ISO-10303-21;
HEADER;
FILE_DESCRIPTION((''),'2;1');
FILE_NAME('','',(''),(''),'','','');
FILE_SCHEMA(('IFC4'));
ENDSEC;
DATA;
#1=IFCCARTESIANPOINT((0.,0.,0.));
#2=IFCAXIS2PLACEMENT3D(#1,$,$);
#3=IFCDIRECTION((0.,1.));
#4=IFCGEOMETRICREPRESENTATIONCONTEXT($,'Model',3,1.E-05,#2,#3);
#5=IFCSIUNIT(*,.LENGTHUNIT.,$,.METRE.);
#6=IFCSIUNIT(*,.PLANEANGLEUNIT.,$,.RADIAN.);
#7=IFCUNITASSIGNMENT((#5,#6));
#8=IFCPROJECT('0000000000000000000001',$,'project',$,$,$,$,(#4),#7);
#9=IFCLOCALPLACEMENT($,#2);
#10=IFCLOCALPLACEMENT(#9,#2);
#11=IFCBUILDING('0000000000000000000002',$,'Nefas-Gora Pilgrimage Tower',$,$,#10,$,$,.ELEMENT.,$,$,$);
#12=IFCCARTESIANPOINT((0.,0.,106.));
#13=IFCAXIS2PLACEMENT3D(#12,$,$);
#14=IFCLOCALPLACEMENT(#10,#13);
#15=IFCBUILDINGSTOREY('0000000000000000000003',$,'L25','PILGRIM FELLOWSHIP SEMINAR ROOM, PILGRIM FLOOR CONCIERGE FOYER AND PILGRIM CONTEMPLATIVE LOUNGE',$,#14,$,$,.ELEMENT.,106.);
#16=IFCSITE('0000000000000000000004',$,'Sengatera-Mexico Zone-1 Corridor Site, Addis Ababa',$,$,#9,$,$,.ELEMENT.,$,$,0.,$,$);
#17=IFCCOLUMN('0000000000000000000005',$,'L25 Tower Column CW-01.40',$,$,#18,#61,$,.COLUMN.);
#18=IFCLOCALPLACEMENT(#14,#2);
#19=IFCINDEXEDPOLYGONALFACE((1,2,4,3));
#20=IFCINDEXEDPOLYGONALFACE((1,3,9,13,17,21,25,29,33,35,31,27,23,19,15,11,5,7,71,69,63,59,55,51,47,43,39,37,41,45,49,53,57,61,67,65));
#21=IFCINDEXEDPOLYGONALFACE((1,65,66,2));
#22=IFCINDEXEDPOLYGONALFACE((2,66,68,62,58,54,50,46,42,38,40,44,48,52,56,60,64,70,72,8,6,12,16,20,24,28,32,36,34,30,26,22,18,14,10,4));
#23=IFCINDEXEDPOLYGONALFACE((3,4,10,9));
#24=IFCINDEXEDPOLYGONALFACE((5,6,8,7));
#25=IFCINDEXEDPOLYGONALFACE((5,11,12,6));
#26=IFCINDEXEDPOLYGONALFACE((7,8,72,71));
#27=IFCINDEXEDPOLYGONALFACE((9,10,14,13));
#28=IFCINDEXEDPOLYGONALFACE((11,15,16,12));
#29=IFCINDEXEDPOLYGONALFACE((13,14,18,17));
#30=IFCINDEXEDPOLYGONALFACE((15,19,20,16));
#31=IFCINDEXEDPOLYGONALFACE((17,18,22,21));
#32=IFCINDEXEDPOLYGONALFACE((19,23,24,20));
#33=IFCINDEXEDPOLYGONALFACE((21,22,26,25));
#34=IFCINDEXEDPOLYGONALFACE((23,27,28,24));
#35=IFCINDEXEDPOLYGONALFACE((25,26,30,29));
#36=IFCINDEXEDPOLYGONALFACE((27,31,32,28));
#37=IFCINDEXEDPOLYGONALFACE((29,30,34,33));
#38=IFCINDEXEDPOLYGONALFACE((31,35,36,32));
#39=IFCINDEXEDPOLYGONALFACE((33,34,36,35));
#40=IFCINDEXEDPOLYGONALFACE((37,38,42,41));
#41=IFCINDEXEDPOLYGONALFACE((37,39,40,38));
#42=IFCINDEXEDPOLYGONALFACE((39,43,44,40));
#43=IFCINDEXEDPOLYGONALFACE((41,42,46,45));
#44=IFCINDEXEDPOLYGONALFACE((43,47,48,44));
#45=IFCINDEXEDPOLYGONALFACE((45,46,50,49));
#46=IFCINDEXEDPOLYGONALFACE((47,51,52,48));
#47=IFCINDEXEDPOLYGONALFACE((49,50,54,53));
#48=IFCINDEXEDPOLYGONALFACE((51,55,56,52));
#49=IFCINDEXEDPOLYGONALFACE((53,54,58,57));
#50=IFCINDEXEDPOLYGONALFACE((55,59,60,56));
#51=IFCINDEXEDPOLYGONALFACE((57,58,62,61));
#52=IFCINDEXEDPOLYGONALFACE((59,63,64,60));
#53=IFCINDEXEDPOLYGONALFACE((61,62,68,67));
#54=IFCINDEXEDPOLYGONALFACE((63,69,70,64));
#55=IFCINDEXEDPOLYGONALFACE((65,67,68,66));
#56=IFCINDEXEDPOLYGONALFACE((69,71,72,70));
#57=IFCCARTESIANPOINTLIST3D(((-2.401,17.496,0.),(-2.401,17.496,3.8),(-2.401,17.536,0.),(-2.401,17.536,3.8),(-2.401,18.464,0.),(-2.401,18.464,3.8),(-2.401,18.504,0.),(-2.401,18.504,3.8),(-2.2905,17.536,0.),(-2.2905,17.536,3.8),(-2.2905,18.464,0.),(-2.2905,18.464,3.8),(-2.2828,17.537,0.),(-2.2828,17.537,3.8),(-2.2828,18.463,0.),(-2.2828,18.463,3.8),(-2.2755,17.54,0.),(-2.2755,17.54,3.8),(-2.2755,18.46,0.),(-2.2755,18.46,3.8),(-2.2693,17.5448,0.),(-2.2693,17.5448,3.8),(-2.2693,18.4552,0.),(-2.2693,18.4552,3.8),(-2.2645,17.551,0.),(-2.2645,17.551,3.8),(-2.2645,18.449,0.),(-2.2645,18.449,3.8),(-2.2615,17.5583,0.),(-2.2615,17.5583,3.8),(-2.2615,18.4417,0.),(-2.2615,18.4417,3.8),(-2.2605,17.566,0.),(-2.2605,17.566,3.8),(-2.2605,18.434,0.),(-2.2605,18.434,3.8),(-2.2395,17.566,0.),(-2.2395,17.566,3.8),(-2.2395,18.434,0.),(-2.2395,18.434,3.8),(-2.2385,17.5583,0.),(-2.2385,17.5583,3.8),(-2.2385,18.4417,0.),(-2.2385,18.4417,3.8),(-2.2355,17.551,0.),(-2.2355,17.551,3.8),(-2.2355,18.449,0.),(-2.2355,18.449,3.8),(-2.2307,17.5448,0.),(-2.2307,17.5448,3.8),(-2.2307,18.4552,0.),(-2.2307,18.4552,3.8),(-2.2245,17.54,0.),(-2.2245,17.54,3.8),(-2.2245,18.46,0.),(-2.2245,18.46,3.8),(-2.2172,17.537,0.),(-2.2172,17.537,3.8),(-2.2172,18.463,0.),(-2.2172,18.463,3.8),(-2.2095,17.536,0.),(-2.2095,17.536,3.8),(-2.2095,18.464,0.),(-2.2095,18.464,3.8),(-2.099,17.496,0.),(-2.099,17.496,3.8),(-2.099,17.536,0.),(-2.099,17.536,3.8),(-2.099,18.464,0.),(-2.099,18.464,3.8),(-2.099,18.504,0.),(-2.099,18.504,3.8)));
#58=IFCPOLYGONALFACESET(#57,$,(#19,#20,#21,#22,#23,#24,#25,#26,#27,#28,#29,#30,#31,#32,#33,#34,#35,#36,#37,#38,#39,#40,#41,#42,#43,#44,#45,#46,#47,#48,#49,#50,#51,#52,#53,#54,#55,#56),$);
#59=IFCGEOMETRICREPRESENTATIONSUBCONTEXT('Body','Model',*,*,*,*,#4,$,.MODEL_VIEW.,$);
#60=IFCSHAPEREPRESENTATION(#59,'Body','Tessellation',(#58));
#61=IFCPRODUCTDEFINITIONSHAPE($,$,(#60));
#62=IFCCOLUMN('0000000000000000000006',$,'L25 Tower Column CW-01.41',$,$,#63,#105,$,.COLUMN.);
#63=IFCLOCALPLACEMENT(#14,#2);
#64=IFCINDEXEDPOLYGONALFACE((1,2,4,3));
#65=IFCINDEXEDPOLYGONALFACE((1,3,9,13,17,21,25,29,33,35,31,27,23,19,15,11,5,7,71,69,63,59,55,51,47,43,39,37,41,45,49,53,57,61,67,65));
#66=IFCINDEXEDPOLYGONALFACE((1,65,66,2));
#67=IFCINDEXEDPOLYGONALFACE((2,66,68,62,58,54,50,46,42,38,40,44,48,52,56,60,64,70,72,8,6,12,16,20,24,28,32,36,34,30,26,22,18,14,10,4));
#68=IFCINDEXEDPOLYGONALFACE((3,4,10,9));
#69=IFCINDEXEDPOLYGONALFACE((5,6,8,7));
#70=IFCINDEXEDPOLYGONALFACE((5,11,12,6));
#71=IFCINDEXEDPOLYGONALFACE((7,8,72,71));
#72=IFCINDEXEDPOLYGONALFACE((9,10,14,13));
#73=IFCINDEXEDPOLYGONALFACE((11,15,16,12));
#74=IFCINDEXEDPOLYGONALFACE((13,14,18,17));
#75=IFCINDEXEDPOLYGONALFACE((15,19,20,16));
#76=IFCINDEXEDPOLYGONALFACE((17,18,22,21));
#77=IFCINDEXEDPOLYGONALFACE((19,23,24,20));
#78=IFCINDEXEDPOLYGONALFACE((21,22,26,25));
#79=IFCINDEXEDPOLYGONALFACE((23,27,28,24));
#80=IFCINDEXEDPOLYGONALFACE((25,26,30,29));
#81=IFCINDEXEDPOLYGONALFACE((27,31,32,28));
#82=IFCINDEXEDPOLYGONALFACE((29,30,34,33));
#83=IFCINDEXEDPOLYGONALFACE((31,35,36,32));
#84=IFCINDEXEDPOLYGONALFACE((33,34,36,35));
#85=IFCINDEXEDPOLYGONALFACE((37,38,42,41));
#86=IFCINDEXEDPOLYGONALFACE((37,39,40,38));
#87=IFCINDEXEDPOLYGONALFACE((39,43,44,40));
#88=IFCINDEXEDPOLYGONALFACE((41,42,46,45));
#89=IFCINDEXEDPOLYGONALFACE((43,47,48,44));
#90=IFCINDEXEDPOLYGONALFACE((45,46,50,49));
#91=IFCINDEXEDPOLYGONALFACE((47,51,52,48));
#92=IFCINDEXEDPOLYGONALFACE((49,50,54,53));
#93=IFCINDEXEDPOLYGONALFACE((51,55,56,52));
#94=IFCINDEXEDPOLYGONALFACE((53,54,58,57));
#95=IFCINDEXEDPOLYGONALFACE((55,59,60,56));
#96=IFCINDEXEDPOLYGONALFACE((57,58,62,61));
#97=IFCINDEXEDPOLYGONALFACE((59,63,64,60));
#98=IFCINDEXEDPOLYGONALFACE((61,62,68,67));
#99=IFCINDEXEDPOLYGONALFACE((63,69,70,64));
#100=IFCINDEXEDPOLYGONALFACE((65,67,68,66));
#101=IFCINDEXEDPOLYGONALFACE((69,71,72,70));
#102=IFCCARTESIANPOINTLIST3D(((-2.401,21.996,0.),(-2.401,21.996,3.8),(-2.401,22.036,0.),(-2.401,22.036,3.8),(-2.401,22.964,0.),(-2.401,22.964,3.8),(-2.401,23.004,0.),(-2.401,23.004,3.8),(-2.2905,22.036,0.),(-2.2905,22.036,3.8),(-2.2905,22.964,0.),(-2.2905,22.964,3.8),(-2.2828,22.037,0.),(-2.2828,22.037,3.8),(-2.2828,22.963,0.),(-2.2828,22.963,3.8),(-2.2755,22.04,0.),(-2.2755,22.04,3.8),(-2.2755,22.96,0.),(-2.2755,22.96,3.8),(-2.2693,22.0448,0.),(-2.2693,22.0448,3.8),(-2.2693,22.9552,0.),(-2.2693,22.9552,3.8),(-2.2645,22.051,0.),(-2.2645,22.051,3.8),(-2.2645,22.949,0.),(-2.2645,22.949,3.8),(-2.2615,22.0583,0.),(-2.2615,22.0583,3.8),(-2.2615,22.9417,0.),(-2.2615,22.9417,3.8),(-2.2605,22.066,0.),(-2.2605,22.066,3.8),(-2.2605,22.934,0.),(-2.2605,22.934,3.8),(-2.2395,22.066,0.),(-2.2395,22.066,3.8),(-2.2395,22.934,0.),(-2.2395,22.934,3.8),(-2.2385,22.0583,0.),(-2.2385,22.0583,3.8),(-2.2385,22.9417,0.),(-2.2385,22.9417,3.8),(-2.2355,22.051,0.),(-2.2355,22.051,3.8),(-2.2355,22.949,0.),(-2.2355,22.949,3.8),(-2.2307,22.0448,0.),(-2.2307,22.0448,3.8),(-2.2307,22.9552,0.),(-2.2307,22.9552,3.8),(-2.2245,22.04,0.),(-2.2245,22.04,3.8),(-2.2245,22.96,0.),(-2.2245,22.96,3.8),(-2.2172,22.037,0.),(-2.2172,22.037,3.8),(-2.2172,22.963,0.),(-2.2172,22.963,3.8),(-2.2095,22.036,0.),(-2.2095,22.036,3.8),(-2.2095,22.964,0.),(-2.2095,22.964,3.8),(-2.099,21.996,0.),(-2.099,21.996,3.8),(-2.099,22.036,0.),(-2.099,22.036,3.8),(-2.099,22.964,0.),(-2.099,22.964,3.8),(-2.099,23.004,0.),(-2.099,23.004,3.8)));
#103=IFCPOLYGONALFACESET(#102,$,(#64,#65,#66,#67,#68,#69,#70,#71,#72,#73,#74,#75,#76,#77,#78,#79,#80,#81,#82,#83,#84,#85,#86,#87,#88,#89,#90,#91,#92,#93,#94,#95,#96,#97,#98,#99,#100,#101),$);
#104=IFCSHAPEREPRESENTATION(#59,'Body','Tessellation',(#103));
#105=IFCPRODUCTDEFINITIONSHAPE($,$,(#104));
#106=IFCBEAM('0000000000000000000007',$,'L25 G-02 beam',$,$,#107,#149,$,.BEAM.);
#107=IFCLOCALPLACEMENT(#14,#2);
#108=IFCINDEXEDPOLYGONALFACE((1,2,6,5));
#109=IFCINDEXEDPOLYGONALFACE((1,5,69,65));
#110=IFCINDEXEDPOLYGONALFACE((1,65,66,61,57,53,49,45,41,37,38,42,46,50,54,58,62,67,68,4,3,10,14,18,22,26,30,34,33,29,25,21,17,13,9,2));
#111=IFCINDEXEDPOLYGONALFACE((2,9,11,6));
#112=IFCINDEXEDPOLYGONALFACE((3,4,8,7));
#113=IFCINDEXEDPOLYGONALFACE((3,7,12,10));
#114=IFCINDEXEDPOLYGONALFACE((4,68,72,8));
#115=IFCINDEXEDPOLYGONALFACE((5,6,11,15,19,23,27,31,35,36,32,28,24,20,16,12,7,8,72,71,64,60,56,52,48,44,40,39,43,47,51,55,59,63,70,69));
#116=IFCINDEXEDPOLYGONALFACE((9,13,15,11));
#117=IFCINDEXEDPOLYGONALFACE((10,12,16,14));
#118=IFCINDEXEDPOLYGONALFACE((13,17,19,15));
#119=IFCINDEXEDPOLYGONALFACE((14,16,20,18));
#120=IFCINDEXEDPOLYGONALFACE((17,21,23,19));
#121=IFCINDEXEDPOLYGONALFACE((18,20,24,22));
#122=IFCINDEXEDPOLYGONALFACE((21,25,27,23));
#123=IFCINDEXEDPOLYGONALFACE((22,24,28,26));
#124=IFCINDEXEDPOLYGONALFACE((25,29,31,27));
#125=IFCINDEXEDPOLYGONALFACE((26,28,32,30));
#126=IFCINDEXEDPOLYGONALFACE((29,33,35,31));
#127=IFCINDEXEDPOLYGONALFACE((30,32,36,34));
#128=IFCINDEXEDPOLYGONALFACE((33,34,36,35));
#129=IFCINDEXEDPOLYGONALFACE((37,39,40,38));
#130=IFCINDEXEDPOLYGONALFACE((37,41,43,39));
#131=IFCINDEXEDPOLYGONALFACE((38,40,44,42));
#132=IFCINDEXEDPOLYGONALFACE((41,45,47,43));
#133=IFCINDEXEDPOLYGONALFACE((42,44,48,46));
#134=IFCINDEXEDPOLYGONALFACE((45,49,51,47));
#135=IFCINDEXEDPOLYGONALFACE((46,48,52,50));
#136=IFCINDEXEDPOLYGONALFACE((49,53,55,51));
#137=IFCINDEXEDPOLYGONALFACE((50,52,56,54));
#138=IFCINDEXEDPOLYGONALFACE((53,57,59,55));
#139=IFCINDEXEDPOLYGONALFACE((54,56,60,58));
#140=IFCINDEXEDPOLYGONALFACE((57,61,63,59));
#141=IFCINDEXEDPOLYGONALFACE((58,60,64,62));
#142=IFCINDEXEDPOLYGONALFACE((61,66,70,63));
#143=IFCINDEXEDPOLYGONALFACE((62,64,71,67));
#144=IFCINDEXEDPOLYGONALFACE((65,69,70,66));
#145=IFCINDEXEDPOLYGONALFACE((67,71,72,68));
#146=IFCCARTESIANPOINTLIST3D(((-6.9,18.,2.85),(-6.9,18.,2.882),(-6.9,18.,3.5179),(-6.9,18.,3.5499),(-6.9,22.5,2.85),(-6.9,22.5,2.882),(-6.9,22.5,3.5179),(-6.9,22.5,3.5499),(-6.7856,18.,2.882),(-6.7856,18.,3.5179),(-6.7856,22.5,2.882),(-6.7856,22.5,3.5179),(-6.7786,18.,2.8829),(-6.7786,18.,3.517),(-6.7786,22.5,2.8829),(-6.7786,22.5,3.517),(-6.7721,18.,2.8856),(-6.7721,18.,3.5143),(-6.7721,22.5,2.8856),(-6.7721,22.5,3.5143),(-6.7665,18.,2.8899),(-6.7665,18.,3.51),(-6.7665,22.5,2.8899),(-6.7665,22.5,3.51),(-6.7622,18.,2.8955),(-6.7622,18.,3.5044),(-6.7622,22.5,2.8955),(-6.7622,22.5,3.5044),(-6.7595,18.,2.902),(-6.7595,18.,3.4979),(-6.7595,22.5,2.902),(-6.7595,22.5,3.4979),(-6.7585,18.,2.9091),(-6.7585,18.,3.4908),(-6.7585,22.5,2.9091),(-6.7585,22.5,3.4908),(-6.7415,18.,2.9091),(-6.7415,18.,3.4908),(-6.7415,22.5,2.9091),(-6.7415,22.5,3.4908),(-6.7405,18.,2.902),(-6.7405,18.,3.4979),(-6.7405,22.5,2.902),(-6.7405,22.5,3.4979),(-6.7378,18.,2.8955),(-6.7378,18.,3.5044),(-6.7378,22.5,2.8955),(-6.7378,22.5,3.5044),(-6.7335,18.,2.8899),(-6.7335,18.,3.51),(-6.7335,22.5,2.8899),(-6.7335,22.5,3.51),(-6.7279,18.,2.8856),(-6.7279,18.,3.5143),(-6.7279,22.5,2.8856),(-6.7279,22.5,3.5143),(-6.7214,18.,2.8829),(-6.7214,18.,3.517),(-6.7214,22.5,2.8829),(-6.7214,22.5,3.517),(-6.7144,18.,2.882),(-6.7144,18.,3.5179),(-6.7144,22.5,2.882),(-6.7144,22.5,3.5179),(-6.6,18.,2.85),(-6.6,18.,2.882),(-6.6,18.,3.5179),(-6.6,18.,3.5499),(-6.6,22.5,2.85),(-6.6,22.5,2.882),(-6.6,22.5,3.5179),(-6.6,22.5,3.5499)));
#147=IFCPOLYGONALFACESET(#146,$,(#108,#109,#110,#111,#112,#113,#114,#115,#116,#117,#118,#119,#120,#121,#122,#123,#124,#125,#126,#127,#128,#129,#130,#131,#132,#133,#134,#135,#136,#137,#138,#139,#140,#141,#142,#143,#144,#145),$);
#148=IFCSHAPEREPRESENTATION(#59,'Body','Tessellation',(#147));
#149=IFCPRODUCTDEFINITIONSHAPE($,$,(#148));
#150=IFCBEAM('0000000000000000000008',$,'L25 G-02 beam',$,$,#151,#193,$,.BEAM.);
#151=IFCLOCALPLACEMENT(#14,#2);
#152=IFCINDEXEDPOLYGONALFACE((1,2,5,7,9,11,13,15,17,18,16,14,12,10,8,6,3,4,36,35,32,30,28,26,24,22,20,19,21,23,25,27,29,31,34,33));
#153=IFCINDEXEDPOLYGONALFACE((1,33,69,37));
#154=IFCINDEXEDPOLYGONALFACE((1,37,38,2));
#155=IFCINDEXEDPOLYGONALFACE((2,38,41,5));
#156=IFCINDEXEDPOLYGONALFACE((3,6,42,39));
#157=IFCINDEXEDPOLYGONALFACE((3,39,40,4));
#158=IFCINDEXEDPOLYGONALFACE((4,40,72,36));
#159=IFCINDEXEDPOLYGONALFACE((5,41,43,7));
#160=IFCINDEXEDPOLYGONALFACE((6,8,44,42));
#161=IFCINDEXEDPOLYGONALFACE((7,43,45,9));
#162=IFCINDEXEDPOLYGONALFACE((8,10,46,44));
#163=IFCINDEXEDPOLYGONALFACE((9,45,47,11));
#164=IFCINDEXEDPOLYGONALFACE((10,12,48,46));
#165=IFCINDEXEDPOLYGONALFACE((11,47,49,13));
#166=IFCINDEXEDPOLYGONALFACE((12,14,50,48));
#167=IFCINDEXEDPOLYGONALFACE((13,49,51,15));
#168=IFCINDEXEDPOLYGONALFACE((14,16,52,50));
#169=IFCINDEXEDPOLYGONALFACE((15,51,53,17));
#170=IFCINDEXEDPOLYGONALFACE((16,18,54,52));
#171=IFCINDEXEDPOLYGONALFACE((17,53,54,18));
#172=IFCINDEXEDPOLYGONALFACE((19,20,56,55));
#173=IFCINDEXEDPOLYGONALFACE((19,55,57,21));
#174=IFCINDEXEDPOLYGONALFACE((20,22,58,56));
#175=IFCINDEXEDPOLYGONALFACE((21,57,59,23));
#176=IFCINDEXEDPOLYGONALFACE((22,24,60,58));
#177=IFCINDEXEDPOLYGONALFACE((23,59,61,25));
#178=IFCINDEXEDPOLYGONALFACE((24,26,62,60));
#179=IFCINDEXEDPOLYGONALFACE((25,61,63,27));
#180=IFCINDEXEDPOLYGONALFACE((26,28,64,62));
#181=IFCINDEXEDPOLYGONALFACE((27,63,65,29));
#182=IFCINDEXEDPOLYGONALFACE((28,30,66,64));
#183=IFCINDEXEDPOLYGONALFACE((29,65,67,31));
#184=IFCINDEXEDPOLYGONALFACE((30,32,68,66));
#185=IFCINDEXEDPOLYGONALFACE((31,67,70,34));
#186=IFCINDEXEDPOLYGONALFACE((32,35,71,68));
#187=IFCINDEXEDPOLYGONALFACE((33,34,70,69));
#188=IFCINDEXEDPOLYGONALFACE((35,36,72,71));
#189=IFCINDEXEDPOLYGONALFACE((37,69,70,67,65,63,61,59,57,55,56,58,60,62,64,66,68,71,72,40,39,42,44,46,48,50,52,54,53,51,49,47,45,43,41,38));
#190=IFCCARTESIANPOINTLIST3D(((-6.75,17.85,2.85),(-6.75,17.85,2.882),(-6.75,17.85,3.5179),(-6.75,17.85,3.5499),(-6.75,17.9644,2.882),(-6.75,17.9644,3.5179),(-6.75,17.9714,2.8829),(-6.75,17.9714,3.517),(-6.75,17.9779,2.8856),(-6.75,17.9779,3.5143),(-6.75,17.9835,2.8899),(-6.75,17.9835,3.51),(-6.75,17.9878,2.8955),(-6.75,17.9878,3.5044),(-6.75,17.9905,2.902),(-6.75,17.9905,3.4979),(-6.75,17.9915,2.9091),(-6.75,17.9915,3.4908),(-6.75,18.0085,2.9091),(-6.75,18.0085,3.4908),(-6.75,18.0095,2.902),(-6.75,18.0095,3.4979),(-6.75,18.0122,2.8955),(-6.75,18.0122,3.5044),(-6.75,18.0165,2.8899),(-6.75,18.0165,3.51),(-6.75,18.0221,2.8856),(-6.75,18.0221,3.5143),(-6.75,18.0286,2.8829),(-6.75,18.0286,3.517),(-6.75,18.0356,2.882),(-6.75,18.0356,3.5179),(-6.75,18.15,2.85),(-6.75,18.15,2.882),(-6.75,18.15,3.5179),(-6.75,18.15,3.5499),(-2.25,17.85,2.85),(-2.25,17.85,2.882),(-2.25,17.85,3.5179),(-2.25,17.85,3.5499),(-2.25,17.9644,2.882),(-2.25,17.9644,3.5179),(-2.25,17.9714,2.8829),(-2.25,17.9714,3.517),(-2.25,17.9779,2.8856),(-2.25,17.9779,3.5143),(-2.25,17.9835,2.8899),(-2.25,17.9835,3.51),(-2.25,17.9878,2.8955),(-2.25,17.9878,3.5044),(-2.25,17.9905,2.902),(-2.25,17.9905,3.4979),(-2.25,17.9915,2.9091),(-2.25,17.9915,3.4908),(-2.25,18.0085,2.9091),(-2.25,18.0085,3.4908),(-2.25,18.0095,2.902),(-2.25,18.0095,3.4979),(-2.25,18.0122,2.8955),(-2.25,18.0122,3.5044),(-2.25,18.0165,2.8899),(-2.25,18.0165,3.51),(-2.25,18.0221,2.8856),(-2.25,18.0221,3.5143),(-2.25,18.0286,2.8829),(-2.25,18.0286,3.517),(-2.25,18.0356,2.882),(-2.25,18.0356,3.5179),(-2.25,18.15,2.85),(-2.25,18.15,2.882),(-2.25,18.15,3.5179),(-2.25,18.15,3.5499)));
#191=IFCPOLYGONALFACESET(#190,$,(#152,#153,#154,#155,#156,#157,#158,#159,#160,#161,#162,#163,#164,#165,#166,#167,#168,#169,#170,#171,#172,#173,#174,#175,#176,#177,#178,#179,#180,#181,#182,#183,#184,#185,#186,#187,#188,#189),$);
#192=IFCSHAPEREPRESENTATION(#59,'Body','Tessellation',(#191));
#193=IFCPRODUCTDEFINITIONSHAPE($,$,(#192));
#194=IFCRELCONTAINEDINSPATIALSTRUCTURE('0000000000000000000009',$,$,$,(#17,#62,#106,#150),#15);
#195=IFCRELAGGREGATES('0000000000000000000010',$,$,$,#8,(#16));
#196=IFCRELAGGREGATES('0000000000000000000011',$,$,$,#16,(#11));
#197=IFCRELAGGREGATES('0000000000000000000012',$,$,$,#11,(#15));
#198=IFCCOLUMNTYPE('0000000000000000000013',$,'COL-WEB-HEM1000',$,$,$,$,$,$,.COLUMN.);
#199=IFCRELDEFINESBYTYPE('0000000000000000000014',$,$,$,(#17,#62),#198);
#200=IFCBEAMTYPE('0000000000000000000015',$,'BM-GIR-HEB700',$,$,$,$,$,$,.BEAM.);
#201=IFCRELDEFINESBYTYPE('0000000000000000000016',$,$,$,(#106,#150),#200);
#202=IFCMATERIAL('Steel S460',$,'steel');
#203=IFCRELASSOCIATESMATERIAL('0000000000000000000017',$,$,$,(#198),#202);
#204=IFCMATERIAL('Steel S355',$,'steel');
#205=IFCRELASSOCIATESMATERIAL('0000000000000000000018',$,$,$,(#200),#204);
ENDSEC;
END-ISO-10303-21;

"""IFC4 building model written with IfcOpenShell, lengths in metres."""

from ifc_helpers import new_model, si_unit, direction, frame, origin, origin_2d, place, context, subcontext, project, spatial, i_section, extrude, source, transform, mapped, material, material_profile, profile_set, type_object, element, save


model = new_model("IFC4")

# Units and contexts
model_context = context("Model", 3, precision=1e-05, world=origin(), true_north=direction((0.0, 1.0)))
body_context = subcontext(model_context, "Body", "Model", "MODEL_VIEW")
ifc_project = project(units=[si_unit("LENGTHUNIT", "METRE"), si_unit("PLANEANGLEUNIT", "RADIAN")], contexts=[model_context])

# Site, building, storey
site_placement = place(None, origin())
site = spatial("IfcSite", under=ifc_project, at=site_placement, Name="Sengatera-Mexico Zone-1 Corridor Site, Addis Ababa", CompositionType="ELEMENT", RefElevation=0.0)
building_placement = place(site_placement, origin())
building = spatial("IfcBuilding", under=site, at=building_placement, Name="Nefas-Gora Pilgrimage Tower", CompositionType="ELEMENT")
storey_placement = place(building_placement, frame((0.0, 0.0, 106.0)))
storey = spatial("IfcBuildingStorey", under=building, at=storey_placement, Name="L25", Description="PILGRIM FELLOWSHIP SEMINAR ROOM, PILGRIM FLOOR CONCIERGE FOYER AND PILGRIM CONTEMPLATIVE LOUNGE", CompositionType="ELEMENT", Elevation=106.0)

# Columns
ifc_material_1 = material(Name="Steel S460", Category="steel")
ifc_material_profile_1 = material_profile(ifc_material_1, i_section(OverallWidth=0.302, OverallDepth=1.0081, WebThickness=0.021, FlangeThickness=0.04, FilletRadius=0.03, at=origin_2d()), Name="HEM 1000")
ifc_profile_set_1 = profile_set([ifc_material_profile_1], Name="Steel S460")
column_type_1 = type_object("IfcColumnType", Name="COL-WEB-HEM1000", PredefinedType="COLUMN", material=ifc_profile_set_1)
shared_shape_1 = source(origin(), body_context, "Body", "SweptSolid", [
    extrude(i_section(OverallWidth=0.302, OverallDepth=1.0081, WebThickness=0.021, FlangeThickness=0.04, FilletRadius=0.03, at=origin_2d()), origin(), (0.0, 0.0, 1.0), 3.8),
])
for number, where, z_axis, x_axis, name in (
    (1, (-2.25, 18.0, 0.0), (0.0, 0.0, 1.0), (1.0, 0.0, 0.0), "L25 Tower Column CW-01.40"),
    (2, (-2.25, 22.5, 0.0), (0.0, 0.0, 1.0), (1.0, 0.0, 0.0), "L25 Tower Column CW-01.41"),
):
    element("IfcColumn", number, at=place(storey_placement, frame(where, z_axis=z_axis, x_axis=x_axis)), inside=storey, type_object=column_type_1, Name=name, PredefinedType="COLUMN", context=body_context, shape_type="MappedRepresentation", body=[
        mapped(shared_shape_1, transform((0.0, 0.0, 0.0), x_axis=(1.0, 0.0, 0.0), y_axis=(0.0, 1.0, 0.0), z_axis=(0.0, 0.0, 1.0), scale=1.0)),
    ])

# Beams
ifc_material_2 = material(Name="Steel S355", Category="steel")
ifc_material_profile_2 = material_profile(ifc_material_2, i_section(OverallWidth=0.3, OverallDepth=0.7, WebThickness=0.0171, FlangeThickness=0.032, FilletRadius=0.0271, at=origin_2d()), Name="HEB 700")
ifc_profile_set_2 = profile_set([ifc_material_profile_2], Name="Steel S355")
beam_type = type_object("IfcBeamType", Name="BM-GIR-HEB700", PredefinedType="BEAM", material=ifc_profile_set_2)
shared_shape_2 = source(origin(), body_context, "Body", "SweptSolid", [
    extrude(i_section(OverallWidth=0.3, OverallDepth=0.7, WebThickness=0.0171, FlangeThickness=0.032, FilletRadius=0.0271, at=origin_2d()), origin(), (0.0, 0.0, 1.0), 4.5),
])
for number, where, z_axis, x_axis, name in (
    (3, (-6.75, 18.0, 3.2), (0.0, 1.0, 0.0), (-1.0, 0.0, 0.0), "L25 G-02 beam"),
    (4, (-6.75, 18.0, 3.2), (1.0, 0.0, 0.0), (0.0, 1.0, 0.0), "L25 G-02 beam"),
):
    element("IfcBeam", number, at=place(storey_placement, frame(where, z_axis=z_axis, x_axis=x_axis)), inside=storey, type_object=beam_type, Name=name, PredefinedType="BEAM", context=body_context, shape_type="MappedRepresentation", body=[
        mapped(shared_shape_2, transform((0.0, 0.0, 0.0), x_axis=(1.0, 0.0, 0.0), y_axis=(0.0, 1.0, 0.0), z_axis=(0.0, 0.0, 1.0), scale=1.0)),
    ])

save(model, "model.ifc")
